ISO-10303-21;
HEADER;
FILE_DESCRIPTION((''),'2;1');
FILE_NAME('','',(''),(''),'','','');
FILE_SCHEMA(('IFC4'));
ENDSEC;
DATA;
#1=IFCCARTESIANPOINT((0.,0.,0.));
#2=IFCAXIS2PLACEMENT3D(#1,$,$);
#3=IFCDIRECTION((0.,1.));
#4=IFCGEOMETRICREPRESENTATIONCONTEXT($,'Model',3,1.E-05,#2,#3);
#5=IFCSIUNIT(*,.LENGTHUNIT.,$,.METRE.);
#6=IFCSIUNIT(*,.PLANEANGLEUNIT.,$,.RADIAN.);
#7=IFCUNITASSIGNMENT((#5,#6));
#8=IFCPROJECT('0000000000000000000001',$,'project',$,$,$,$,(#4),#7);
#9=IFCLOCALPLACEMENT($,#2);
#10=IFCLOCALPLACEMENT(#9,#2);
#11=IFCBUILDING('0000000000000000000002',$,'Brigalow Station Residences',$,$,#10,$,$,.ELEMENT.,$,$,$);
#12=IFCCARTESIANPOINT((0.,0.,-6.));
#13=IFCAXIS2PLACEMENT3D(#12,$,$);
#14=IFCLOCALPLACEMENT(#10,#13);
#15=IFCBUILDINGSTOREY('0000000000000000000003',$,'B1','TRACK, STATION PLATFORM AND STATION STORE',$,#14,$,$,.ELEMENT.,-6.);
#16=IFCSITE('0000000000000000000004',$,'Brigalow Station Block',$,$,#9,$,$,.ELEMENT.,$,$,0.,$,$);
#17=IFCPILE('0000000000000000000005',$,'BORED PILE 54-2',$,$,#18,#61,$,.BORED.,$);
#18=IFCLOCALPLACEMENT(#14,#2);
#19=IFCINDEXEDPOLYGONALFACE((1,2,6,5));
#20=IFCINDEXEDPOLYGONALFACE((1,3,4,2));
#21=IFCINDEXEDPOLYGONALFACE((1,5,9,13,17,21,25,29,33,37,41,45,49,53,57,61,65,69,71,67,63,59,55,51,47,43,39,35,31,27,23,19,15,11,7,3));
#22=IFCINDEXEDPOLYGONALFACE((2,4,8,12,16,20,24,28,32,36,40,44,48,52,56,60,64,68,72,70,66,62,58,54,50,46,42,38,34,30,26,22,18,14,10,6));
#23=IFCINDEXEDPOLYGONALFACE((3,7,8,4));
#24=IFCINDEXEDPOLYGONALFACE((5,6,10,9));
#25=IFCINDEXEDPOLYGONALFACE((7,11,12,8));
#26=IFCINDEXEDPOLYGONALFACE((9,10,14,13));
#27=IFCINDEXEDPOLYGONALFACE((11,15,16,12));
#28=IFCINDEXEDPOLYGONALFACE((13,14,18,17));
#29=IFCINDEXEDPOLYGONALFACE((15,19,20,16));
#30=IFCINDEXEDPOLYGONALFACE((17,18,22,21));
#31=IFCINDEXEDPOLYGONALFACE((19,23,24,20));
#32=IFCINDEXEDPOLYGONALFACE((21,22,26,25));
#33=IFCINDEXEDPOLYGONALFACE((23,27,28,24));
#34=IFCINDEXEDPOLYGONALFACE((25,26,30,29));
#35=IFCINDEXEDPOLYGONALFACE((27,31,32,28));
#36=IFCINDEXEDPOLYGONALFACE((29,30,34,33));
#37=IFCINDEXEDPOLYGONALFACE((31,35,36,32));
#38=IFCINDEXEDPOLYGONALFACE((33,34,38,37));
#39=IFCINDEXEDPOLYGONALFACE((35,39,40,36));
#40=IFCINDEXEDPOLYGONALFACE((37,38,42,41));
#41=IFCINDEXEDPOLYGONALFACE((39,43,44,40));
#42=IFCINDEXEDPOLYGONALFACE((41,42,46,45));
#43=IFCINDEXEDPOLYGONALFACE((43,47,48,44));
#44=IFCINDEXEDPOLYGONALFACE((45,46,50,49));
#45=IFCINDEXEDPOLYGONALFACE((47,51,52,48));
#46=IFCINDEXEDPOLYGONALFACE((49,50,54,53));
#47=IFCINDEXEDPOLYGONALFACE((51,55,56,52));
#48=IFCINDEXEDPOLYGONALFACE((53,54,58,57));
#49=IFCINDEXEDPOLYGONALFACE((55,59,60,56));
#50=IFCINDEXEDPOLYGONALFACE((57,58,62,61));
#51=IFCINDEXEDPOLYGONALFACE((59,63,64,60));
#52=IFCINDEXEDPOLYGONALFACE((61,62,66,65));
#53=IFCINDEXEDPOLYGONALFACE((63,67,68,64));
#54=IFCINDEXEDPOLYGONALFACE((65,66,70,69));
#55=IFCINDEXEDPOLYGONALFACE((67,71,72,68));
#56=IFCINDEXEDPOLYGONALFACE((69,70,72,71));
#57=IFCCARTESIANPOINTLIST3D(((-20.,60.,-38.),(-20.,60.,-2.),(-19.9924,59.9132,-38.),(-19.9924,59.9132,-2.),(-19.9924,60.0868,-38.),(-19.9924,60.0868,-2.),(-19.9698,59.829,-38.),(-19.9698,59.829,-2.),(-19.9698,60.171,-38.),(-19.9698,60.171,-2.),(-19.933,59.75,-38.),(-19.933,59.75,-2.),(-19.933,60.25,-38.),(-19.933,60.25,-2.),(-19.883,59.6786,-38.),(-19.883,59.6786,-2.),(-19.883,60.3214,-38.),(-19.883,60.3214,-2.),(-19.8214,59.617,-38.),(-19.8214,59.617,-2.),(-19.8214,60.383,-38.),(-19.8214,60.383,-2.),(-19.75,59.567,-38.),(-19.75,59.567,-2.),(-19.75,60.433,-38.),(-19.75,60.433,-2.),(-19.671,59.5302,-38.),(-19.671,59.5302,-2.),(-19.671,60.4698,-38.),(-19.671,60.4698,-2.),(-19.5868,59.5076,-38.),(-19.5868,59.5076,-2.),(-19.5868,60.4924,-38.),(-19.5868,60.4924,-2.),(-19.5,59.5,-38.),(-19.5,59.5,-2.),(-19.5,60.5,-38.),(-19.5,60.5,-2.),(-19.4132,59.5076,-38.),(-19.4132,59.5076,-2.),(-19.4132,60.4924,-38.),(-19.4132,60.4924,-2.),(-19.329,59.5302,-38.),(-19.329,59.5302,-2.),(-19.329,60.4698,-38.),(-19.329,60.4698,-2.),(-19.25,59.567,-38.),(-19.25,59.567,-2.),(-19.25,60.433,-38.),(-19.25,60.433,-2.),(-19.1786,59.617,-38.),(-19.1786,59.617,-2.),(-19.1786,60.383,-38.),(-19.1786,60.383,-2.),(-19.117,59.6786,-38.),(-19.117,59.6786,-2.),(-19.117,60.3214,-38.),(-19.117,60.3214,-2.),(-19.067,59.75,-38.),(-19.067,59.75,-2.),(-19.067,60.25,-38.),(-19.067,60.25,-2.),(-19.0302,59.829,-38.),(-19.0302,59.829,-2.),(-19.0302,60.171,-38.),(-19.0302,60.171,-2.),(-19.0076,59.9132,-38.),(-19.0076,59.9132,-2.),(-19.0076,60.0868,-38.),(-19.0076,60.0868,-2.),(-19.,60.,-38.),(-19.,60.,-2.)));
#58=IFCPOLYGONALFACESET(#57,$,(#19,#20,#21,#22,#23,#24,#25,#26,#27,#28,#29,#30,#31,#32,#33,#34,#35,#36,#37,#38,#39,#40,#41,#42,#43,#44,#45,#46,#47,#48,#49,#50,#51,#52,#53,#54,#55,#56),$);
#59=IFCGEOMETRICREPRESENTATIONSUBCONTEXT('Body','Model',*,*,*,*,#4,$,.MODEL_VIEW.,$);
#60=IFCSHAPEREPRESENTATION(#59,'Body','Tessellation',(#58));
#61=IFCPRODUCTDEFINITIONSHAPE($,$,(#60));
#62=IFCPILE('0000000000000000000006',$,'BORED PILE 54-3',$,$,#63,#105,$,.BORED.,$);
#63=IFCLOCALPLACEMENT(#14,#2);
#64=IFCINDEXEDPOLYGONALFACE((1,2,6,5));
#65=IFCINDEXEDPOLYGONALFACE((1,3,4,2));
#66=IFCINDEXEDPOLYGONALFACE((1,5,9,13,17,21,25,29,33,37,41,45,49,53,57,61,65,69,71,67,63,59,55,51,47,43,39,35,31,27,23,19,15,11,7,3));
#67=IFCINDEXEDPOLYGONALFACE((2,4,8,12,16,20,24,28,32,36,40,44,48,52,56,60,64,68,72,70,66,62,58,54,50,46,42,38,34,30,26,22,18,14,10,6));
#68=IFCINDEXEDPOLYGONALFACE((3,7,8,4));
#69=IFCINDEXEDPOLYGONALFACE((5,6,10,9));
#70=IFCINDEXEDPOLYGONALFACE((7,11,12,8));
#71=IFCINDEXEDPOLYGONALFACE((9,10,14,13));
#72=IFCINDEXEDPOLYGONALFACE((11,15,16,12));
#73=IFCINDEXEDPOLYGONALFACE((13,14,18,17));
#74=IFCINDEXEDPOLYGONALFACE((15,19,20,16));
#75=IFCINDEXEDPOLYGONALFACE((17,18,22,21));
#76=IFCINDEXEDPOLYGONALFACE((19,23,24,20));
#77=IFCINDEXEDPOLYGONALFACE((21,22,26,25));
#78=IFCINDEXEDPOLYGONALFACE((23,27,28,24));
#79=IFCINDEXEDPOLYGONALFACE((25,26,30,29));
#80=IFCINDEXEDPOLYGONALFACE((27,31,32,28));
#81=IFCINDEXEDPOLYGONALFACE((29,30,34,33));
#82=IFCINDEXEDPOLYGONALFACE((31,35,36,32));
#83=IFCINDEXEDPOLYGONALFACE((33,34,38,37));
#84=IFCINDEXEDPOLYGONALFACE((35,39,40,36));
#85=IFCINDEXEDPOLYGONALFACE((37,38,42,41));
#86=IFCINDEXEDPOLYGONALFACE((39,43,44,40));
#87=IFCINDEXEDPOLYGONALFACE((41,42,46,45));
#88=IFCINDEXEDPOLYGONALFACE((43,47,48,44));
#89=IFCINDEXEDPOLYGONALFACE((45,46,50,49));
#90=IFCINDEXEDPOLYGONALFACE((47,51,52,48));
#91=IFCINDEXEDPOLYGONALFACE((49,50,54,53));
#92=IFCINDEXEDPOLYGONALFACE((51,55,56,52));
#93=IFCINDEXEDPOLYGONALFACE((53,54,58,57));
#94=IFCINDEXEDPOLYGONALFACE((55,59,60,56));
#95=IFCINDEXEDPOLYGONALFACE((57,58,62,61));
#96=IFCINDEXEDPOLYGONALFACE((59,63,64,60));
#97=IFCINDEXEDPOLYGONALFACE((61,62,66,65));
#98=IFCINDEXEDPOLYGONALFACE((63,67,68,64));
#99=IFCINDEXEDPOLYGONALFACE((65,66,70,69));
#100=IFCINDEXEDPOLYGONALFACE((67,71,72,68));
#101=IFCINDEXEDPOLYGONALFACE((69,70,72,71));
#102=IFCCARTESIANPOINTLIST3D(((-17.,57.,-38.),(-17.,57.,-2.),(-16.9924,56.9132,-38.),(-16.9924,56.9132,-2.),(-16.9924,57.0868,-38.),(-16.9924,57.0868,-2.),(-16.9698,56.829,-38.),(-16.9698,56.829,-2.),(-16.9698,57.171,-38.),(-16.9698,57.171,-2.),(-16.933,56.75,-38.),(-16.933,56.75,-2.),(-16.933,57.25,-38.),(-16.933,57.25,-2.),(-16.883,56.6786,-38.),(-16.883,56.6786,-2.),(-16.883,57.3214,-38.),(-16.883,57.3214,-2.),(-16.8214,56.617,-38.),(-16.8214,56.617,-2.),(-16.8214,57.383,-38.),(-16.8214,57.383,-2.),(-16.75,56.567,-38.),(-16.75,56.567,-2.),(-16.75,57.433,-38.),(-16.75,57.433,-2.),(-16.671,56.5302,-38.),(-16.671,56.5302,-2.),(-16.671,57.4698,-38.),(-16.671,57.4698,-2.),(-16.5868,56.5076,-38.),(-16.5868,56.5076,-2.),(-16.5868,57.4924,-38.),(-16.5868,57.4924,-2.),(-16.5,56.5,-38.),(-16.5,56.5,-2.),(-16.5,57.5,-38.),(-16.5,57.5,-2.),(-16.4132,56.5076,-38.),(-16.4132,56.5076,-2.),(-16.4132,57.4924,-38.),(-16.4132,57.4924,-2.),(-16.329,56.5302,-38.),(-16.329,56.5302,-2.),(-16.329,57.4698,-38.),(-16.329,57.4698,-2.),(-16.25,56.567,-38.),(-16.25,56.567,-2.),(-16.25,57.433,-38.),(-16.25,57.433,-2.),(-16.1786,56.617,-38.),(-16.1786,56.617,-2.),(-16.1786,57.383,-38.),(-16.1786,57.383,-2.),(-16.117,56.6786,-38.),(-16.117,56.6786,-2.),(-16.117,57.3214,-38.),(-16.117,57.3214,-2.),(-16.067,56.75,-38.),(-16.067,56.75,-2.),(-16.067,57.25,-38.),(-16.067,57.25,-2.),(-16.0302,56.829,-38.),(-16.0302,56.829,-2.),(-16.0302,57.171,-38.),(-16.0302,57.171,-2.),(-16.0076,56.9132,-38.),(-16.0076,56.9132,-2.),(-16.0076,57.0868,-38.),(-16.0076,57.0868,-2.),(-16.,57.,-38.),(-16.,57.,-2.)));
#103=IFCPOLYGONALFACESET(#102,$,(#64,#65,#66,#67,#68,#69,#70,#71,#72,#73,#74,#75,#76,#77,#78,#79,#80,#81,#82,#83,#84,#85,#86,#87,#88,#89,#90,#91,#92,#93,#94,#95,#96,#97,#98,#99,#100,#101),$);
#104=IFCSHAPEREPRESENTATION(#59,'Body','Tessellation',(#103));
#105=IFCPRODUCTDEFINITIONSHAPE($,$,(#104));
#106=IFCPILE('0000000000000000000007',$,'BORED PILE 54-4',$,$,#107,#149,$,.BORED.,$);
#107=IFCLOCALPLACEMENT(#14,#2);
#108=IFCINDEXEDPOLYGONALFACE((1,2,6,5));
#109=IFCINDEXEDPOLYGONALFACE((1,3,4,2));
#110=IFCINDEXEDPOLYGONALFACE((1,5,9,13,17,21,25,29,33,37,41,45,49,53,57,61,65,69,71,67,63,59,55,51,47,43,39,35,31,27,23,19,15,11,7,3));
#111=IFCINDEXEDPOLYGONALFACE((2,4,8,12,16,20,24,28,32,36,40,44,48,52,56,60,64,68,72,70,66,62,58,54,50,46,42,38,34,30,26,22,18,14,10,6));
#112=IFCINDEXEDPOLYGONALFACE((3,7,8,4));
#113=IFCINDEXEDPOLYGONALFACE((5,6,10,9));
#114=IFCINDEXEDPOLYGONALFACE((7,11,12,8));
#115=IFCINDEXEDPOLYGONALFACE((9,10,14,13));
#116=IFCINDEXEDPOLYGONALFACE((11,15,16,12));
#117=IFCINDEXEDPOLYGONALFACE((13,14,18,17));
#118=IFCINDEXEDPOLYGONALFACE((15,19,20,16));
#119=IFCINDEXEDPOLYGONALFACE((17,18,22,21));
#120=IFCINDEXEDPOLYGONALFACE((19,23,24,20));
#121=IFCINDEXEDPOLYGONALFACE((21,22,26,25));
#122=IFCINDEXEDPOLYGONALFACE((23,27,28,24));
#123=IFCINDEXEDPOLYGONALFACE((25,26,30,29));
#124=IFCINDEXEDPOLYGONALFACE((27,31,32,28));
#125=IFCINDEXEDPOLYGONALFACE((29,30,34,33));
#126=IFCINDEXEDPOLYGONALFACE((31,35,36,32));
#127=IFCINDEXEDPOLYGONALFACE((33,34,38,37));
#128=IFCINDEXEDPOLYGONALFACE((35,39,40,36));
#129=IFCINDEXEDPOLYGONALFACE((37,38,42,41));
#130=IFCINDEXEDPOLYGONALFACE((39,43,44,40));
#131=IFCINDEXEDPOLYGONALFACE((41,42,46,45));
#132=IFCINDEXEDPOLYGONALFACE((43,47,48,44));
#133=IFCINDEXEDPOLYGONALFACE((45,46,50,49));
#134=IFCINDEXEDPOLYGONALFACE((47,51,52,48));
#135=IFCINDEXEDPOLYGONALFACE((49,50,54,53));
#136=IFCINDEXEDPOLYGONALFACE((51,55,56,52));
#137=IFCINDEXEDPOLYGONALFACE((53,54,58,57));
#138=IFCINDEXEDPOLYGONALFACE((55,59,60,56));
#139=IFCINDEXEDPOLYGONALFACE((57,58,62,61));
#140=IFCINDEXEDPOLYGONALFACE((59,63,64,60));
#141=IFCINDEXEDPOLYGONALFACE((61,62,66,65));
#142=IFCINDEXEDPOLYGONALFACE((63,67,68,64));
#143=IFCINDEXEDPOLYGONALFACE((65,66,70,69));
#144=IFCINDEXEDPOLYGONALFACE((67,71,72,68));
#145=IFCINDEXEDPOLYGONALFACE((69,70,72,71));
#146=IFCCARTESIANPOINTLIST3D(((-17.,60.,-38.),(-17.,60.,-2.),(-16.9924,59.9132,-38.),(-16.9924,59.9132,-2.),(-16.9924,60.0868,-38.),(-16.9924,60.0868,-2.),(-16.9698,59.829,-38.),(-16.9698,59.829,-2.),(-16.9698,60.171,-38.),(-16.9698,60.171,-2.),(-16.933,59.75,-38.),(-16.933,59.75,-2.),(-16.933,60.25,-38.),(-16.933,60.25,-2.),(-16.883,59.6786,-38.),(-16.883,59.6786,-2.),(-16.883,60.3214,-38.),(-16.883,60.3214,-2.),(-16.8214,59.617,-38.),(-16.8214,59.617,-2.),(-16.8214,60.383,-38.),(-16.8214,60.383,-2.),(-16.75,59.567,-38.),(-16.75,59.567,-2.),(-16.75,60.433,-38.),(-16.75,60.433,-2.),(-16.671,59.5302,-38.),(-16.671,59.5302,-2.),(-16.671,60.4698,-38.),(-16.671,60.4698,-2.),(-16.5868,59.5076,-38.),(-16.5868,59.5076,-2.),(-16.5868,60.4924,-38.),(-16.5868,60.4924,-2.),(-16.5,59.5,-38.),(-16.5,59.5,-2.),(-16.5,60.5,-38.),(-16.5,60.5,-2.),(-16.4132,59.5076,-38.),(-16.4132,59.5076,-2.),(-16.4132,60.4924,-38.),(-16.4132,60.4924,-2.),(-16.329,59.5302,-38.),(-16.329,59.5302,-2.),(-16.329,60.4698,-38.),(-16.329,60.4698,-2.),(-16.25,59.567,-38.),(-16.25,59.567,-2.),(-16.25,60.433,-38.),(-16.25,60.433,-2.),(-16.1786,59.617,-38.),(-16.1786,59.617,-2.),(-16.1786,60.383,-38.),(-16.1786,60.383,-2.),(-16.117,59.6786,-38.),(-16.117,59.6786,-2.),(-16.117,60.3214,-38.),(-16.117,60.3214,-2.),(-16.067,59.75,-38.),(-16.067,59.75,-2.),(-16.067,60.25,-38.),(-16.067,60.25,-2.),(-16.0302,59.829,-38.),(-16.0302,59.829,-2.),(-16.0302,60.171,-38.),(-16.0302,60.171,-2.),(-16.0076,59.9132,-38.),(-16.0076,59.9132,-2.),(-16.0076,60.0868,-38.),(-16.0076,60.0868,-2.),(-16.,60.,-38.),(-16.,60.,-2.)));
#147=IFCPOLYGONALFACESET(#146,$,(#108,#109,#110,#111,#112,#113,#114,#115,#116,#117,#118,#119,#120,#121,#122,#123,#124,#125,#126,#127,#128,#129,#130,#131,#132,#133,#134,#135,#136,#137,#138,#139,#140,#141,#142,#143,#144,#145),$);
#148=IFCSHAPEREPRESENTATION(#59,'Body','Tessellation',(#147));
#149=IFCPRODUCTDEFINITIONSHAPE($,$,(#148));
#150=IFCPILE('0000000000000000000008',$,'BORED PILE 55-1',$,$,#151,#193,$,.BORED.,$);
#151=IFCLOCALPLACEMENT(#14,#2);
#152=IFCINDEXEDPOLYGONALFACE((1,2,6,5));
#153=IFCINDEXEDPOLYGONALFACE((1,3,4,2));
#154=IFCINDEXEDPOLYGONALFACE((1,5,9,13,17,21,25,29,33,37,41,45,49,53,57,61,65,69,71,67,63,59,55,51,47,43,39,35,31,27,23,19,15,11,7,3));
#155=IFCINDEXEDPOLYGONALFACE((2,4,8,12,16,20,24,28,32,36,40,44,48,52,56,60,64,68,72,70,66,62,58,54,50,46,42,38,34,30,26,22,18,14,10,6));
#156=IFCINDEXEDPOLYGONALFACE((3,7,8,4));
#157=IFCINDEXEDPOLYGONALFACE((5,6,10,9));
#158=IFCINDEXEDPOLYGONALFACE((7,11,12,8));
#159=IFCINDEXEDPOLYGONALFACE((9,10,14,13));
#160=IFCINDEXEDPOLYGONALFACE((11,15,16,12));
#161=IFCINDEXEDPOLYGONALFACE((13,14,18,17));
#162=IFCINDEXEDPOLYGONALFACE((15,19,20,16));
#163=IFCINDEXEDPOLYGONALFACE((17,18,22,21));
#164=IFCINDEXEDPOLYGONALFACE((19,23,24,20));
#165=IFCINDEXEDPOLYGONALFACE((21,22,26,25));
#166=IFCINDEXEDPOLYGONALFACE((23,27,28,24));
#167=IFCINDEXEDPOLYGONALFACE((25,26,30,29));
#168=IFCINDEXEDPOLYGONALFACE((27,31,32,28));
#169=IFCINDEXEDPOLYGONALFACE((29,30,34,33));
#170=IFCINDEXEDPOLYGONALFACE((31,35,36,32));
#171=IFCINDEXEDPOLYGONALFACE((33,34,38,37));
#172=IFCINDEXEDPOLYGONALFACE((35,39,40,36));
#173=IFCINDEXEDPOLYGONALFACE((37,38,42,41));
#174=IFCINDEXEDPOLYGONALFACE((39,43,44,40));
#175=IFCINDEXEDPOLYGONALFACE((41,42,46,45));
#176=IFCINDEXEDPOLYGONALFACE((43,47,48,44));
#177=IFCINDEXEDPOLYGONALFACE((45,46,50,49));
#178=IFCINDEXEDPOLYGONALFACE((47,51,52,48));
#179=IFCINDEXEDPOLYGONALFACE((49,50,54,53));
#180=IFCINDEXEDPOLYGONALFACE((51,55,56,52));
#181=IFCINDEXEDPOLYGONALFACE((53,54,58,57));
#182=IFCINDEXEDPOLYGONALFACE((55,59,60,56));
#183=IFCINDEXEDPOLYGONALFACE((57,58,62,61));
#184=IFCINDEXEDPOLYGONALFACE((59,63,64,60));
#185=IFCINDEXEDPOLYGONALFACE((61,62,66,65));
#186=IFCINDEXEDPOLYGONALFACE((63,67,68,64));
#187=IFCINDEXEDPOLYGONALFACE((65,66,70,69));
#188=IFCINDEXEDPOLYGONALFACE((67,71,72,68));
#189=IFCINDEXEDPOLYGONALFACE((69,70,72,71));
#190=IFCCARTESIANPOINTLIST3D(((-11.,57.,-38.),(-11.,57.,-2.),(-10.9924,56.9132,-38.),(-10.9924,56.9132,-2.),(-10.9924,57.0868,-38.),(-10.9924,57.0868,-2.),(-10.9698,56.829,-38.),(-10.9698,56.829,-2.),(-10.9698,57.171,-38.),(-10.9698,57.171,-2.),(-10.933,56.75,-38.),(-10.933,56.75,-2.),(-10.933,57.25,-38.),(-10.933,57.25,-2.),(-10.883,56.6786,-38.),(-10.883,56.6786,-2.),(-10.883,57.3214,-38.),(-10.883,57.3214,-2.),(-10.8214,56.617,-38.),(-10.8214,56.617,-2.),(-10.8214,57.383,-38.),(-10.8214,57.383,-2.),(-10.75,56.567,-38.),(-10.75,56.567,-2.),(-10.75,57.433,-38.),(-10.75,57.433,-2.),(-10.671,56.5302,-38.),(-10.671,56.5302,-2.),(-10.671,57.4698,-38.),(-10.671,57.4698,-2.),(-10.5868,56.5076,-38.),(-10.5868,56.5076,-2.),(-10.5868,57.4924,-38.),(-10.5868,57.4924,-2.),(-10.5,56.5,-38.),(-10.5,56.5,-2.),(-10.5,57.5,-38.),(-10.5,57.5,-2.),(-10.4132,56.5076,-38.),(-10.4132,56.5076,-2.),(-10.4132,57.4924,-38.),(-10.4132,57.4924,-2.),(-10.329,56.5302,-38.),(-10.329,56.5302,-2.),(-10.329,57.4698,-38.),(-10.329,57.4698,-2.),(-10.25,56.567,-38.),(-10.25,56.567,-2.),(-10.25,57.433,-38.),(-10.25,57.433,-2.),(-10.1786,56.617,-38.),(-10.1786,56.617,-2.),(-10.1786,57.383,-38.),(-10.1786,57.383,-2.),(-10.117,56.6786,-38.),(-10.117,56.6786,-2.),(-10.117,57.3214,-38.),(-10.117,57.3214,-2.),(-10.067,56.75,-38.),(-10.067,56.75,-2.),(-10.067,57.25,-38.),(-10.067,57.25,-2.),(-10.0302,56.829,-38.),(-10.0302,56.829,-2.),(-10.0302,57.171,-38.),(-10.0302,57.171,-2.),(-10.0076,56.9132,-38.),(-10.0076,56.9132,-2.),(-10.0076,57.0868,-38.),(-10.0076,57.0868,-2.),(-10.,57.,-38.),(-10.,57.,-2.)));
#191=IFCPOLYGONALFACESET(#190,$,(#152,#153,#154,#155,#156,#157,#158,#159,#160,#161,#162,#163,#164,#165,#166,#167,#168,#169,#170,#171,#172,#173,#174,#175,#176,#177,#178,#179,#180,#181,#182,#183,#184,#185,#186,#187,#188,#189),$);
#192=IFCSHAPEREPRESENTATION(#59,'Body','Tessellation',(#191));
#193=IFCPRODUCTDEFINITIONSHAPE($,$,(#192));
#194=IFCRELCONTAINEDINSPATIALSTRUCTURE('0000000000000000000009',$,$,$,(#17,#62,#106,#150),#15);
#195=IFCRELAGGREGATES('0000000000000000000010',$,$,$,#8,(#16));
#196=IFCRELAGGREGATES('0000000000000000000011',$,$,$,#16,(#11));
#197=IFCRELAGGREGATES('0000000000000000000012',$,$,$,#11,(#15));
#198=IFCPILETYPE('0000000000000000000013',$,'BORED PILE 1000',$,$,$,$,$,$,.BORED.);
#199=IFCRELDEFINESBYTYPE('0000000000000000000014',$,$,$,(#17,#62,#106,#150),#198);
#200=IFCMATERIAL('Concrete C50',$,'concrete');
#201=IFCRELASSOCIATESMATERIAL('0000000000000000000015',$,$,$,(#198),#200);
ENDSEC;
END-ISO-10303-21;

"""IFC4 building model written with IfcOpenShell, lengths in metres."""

from ifc_helpers import new_model, si_unit, direction, frame, origin, origin_2d, place, context, subcontext, project, spatial, circle, extrude, material, material_profile, profile_set, type_object, element, save


model = new_model("IFC4")

# Units and contexts
model_context = context("Model", 3, precision=1e-05, world=origin(), true_north=direction((0.0, 1.0)))
body_context = subcontext(model_context, "Body", "Model", "MODEL_VIEW")
ifc_project = project(units=[si_unit("LENGTHUNIT", "METRE"), si_unit("PLANEANGLEUNIT", "RADIAN")], contexts=[model_context])

# Site, building, storey
site_placement = place(None, origin())
site = spatial("IfcSite", under=ifc_project, at=site_placement, Name="Brigalow Station Block", CompositionType="ELEMENT", RefElevation=0.0)
building_placement = place(site_placement, origin())
building = spatial("IfcBuilding", under=site, at=building_placement, Name="Brigalow Station Residences", CompositionType="ELEMENT")
storey_placement = place(building_placement, frame((0.0, 0.0, -6.0)))
storey = spatial("IfcBuildingStorey", under=building, at=storey_placement, Name="B1", Description="TRACK, STATION PLATFORM AND STATION STORE", CompositionType="ELEMENT", Elevation=-6.0)

# Piles
ifc_material_1 = material(Name="Concrete C50", Category="concrete")
ifc_material_profile_1 = material_profile(ifc_material_1, circle(Radius=0.5, at=origin_2d()), Name="BP1000")
ifc_profile_set_1 = profile_set([ifc_material_profile_1], Name="Concrete C50")
pile_type_1 = type_object("IfcPileType", Name="BORED PILE 1000", PredefinedType="BORED", material=ifc_profile_set_1)
for number, where, z_axis, x_axis, name in (
    (1, (-19.5, 60.0, -2.0), (0.0, 0.0, -1.0), (1.0, 0.0, 0.0), "BORED PILE 54-2"),
    (2, (-16.5, 57.0, -2.0), (0.0, 0.0, -1.0), (1.0, 0.0, 0.0), "BORED PILE 54-3"),
    (3, (-16.5, 60.0, -2.0), (0.0, 0.0, -1.0), (1.0, 0.0, 0.0), "BORED PILE 54-4"),
    (4, (-10.5, 57.0, -2.0), (0.0, 0.0, -1.0), (1.0, 0.0, 0.0), "BORED PILE 55-1"),
):
    element("IfcPile", number, at=place(storey_placement, frame(where, z_axis=z_axis, x_axis=x_axis)), inside=storey, type_object=pile_type_1, Name=name, PredefinedType="BORED", context=body_context, shape_type="SweptSolid", body=[
        extrude(circle(Radius=0.5, at=origin_2d()), origin(), (0.0, 0.0, 1.0), 36.0),
    ])

save(model, "model.ifc")
